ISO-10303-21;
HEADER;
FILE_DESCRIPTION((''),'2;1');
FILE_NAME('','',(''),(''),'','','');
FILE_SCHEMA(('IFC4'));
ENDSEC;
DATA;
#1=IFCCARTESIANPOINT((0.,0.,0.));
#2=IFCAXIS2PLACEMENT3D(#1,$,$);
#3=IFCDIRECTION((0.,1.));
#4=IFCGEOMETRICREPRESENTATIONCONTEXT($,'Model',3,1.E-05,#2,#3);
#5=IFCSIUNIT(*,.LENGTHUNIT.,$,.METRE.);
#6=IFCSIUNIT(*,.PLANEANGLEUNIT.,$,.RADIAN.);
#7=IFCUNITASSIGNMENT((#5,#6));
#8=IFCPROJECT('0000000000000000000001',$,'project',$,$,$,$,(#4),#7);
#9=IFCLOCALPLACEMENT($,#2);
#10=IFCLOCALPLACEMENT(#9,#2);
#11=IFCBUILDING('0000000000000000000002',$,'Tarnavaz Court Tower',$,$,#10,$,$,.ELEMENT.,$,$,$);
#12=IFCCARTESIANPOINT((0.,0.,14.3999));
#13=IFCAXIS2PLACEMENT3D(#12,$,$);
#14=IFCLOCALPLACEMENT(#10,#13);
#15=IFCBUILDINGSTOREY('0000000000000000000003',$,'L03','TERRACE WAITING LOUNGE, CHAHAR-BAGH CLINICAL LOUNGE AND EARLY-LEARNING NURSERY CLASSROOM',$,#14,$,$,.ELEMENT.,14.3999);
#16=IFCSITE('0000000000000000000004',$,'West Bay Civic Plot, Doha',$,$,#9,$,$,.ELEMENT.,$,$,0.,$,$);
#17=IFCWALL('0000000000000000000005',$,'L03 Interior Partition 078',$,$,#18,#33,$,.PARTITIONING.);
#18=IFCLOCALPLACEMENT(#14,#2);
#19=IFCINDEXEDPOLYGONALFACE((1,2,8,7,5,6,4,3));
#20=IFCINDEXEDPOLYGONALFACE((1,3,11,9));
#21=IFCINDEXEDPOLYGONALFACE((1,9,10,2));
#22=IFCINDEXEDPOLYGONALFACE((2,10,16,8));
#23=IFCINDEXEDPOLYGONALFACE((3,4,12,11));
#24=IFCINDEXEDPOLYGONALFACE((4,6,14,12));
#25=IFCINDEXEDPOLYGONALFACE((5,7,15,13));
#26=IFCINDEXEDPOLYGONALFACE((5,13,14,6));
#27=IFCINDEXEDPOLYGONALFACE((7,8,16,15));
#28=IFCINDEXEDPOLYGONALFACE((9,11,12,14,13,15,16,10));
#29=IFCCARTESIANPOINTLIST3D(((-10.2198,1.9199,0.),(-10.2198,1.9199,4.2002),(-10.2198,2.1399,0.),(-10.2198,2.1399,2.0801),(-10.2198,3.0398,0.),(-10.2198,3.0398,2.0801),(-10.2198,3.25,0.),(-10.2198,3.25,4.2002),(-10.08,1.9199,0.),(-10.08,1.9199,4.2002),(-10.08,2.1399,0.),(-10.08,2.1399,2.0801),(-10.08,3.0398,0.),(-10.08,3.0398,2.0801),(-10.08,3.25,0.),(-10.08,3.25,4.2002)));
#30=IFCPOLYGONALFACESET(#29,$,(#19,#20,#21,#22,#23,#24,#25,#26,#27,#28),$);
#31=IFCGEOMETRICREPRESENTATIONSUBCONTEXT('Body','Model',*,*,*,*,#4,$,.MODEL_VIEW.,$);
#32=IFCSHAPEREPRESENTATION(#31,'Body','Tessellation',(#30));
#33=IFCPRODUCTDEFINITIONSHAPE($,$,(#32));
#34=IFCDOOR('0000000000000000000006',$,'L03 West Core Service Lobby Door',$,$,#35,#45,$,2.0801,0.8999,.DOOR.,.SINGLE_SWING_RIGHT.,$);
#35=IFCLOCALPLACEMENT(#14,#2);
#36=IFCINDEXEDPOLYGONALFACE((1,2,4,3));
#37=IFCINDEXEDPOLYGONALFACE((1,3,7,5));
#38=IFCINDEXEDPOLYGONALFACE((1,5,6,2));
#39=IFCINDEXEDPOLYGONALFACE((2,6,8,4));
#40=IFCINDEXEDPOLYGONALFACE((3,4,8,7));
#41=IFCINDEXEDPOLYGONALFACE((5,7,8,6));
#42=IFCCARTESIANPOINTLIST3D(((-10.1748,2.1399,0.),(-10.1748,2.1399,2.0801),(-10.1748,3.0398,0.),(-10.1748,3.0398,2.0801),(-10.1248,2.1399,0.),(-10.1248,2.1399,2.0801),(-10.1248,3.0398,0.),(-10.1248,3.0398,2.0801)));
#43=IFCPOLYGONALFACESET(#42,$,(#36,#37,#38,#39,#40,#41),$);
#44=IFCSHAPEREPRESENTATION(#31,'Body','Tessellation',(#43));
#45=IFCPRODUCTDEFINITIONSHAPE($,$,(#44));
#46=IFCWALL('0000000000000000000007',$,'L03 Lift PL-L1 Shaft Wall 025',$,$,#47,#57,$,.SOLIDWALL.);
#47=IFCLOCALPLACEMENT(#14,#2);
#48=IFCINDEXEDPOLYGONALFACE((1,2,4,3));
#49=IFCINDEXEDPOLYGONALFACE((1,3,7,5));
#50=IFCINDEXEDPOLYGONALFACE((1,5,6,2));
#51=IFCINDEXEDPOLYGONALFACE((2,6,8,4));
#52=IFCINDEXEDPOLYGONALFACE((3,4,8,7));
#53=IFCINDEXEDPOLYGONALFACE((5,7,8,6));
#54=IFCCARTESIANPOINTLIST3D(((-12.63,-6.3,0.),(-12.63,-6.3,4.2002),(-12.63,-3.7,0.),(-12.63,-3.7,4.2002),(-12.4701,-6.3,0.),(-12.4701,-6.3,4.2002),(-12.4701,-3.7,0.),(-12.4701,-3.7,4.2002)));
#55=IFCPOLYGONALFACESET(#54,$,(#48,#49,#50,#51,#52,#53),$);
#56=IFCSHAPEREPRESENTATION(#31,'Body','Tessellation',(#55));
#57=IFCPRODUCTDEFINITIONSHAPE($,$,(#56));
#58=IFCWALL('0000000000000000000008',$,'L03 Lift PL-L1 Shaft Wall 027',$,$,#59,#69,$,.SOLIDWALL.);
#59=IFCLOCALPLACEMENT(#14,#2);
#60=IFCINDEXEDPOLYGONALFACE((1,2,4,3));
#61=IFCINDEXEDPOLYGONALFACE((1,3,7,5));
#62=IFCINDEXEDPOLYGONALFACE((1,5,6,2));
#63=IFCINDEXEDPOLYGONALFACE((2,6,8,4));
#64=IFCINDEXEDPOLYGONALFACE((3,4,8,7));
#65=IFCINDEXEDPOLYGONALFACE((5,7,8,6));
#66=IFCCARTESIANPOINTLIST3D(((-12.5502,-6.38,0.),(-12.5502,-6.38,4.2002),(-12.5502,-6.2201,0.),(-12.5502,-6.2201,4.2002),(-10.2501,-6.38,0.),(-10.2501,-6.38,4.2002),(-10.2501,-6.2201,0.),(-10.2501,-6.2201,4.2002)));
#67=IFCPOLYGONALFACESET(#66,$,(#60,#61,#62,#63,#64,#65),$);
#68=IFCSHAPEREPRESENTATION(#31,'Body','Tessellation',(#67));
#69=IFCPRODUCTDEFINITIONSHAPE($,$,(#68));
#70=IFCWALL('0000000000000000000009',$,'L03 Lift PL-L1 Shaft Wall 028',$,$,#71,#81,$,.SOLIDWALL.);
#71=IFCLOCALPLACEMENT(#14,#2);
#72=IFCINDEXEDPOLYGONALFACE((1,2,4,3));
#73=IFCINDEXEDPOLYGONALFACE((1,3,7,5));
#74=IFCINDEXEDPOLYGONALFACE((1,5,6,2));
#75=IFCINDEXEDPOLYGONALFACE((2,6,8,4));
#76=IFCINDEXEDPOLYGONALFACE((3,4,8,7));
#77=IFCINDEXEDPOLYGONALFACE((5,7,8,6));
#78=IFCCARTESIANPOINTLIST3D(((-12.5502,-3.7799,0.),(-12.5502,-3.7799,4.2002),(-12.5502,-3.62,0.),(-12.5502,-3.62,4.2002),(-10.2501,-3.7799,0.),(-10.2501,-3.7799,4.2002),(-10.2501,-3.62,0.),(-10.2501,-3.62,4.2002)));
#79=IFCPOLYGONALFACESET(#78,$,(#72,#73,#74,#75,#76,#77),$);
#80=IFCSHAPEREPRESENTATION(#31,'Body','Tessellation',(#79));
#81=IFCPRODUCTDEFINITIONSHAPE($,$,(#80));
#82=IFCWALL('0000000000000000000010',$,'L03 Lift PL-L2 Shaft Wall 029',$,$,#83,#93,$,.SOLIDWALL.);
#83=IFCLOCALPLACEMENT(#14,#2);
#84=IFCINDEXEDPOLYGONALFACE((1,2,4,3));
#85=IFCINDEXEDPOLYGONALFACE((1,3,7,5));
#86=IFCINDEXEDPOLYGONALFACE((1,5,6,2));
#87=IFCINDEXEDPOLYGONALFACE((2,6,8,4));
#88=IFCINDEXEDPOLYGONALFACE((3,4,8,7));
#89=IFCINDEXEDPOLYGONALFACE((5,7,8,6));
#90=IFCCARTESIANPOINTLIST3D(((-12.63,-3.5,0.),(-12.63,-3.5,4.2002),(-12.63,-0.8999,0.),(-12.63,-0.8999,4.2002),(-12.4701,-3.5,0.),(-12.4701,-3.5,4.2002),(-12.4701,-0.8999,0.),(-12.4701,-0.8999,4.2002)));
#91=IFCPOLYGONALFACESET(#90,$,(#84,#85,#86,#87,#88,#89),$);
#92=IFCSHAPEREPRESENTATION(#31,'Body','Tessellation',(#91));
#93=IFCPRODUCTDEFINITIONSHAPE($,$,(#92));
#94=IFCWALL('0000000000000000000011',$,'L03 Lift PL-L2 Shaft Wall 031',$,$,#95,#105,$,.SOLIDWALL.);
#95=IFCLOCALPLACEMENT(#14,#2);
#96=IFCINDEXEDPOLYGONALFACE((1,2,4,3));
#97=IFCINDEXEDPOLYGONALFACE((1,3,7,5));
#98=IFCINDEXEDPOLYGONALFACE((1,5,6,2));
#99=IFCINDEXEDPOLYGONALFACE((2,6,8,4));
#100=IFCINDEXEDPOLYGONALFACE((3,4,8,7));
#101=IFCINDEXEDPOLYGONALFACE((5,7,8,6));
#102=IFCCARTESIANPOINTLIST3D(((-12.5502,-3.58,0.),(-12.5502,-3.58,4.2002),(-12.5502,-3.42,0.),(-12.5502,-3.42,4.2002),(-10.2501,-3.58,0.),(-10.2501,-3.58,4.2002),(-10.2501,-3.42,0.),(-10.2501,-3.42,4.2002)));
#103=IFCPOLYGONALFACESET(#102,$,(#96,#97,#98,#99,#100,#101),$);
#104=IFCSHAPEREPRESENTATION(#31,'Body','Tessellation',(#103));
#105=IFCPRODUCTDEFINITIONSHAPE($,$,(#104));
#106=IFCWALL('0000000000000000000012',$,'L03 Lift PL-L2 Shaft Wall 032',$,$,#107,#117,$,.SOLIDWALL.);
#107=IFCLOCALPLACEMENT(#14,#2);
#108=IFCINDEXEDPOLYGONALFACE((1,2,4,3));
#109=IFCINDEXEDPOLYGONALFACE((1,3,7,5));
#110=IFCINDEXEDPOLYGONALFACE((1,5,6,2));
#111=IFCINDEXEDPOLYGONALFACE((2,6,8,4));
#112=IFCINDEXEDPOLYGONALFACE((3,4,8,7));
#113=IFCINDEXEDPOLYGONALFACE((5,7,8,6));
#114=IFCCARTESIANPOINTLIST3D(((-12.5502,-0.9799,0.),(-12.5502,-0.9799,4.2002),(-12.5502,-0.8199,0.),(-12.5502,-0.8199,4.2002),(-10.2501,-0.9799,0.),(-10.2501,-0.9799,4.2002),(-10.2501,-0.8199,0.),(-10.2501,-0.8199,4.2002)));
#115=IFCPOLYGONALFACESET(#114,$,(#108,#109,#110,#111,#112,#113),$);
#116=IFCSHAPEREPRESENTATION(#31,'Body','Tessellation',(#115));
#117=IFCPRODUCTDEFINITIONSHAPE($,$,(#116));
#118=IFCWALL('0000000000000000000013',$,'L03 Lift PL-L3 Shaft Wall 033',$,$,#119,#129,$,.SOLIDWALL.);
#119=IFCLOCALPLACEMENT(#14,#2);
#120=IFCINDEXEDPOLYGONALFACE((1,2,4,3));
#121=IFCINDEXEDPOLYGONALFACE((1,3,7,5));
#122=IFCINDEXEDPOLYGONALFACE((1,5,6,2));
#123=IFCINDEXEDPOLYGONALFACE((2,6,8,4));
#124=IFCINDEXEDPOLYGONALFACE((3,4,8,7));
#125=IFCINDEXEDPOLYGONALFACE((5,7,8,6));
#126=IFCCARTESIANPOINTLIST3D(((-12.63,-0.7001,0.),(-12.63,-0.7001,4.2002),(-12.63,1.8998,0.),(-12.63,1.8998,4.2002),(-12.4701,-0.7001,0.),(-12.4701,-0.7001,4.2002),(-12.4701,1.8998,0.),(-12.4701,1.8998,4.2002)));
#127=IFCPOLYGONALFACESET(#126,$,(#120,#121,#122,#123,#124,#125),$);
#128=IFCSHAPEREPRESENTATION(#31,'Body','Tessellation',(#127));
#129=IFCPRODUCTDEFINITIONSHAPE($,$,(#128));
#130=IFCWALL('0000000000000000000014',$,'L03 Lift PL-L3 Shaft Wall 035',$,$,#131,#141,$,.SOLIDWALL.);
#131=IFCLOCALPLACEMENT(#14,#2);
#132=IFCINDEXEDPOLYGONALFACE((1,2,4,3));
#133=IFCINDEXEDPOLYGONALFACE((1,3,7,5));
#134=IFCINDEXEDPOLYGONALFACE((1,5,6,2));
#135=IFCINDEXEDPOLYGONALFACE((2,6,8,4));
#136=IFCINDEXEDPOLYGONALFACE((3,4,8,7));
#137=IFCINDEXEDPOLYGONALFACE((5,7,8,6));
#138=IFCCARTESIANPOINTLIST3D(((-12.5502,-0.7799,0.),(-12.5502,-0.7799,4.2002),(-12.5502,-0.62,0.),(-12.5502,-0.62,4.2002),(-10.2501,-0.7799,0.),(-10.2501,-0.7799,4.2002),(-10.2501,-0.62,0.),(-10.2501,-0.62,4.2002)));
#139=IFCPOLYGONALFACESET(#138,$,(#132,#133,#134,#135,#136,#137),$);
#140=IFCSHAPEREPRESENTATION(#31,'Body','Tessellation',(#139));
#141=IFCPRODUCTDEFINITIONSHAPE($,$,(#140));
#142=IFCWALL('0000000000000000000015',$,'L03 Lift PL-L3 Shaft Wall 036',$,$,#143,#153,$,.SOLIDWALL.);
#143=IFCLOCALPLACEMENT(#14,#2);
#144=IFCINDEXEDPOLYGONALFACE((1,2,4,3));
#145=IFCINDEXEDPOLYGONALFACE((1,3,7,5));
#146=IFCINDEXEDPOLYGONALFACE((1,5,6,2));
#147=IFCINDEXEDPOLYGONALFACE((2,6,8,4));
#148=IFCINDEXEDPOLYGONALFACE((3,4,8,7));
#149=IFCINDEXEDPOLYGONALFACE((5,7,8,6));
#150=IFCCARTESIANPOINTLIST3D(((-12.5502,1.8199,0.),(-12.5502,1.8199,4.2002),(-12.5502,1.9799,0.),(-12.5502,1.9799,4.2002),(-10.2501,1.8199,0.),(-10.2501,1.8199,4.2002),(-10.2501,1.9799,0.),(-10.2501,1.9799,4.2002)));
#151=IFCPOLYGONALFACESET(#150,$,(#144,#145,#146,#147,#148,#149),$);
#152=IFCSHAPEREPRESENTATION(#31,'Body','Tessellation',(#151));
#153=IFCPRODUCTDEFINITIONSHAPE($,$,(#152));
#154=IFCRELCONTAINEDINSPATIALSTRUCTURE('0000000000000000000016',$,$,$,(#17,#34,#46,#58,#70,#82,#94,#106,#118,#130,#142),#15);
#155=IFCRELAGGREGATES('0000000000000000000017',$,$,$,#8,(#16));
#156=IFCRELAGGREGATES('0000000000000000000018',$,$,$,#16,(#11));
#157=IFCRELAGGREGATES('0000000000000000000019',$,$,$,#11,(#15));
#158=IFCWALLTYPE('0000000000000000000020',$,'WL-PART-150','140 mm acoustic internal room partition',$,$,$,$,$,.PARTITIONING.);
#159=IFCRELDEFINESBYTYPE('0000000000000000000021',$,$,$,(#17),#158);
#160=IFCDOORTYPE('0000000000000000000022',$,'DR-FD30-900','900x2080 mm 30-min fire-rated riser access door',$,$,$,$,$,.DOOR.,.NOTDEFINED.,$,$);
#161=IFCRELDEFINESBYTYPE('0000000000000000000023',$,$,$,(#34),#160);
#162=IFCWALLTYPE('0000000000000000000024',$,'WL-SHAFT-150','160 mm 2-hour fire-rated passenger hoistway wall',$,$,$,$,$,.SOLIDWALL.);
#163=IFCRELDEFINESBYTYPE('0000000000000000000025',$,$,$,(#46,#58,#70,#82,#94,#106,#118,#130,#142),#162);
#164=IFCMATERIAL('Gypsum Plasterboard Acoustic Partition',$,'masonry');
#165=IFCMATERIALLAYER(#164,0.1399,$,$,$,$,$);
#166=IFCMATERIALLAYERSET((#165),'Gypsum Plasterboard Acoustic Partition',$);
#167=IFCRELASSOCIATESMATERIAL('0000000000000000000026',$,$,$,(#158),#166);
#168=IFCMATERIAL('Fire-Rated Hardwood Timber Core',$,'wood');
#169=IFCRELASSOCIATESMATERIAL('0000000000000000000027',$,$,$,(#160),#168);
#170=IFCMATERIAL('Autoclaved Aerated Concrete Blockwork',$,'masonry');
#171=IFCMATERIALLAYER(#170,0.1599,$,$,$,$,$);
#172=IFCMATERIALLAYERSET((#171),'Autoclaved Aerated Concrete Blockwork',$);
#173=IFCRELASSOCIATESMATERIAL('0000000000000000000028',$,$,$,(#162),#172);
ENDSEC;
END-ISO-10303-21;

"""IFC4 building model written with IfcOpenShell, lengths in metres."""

from ifc_helpers import new_model, si_unit, direction, frame, frame_2d, origin, place, context, subcontext, project, spatial, rectangle, extrude, material, layer, layer_set, type_object, element, fill, save


model = new_model("IFC4")

# Units and contexts
model_context = context("Model", 3, precision=1e-05, world=origin(), true_north=direction((0.0, 1.0)))
body_context = subcontext(model_context, "Body", "Model", "MODEL_VIEW")
ifc_project = project(units=[si_unit("LENGTHUNIT", "METRE"), si_unit("PLANEANGLEUNIT", "RADIAN")], contexts=[model_context])

# Site, building, storey
site_placement = place(None, origin())
site = spatial("IfcSite", under=ifc_project, at=site_placement, Name="West Bay Civic Plot, Doha", CompositionType="ELEMENT", RefElevation=0.0)
building_placement = place(site_placement, origin())
building = spatial("IfcBuilding", under=site, at=building_placement, Name="Tarnavaz Court Tower", CompositionType="ELEMENT")
storey_placement = place(building_placement, frame((0.0, 0.0, 14.3999)))
storey = spatial("IfcBuildingStorey", under=building, at=storey_placement, Name="L03", Description="TERRACE WAITING LOUNGE, CHAHAR-BAGH CLINICAL LOUNGE AND EARLY-LEARNING NURSERY CLASSROOM", CompositionType="ELEMENT", Elevation=14.3999)

# Shared definitions
ifc_material_1 = material(Name="Gypsum Plasterboard Acoustic Partition", Category="masonry")
ifc_layer_1 = layer(ifc_material_1, 0.1399)
ifc_layer_set_1 = layer_set([ifc_layer_1], Name="Gypsum Plasterboard Acoustic Partition")
wall_type_1 = type_object("IfcWallType", Name="WL-PART-150", Description="140 mm acoustic internal room partition", PredefinedType="PARTITIONING", material=ifc_layer_set_1)

# Wall, opening, door
wall_1_placement = place(storey_placement, frame((-10.1499, 1.9199, 0.0), z_axis=(0.0, 0.0, 1.0), x_axis=(0.0, 1.0, 0.0)))
wall_1 = element("IfcWall", 1, at=wall_1_placement, inside=storey, type_object=wall_type_1, Name="L03 Interior Partition 078", PredefinedType="PARTITIONING", context=body_context, shape_type="SweptSolid", body=[
    extrude(rectangle(XDim=1.3301, YDim=0.1399, at=frame_2d((0.665, 0.0))), origin(), (0.0, 0.0, 1.0), 4.2002),
])
opening_1_placement = place(wall_1_placement, frame((0.22, 0.0, 0.0)))
opening_1 = element("IfcOpeningElement", 2, at=opening_1_placement, cuts=wall_1, PredefinedType="OPENING", context=body_context, shape_type="SweptSolid", body=[
    extrude(rectangle(XDim=0.8999, YDim=2.0801, at=frame_2d((0.45, 1.04))), frame((0.0, 0.0798, 0.0), z_axis=(0.0, -1.0, 0.0), x_axis=(1.0, 0.0, 0.0)), (0.0, 0.0, 1.0), 0.1599),
])
ifc_material_2 = material(Name="Fire-Rated Hardwood Timber Core", Category="wood")
door_type_1 = type_object("IfcDoorType", Name="DR-FD30-900", Description="900x2080 mm 30-min fire-rated riser access door", OperationType="NOTDEFINED", PredefinedType="DOOR", material=ifc_material_2)
door_1_placement = place(opening_1_placement, origin())
door_1 = element("IfcDoor", 3, at=door_1_placement, inside=storey, type_object=door_type_1, Name="L03 West Core Service Lobby Door", OperationType="SINGLE_SWING_RIGHT", OverallHeight=2.0801, OverallWidth=0.8999, PredefinedType="DOOR", context=body_context, shape_type="SweptSolid", body=[
    extrude(rectangle(XDim=0.8999, YDim=2.0801, at=frame_2d((0.45, 1.04))), frame((0.0, 0.0249, 0.0), z_axis=(0.0, -1.0, 0.0), x_axis=(1.0, 0.0, 0.0)), (0.0, 0.0, 1.0), 0.05),
])
fill(opening_1, door_1)

# Wall
ifc_material_3 = material(Name="Autoclaved Aerated Concrete Blockwork", Category="masonry")
ifc_layer_2 = layer(ifc_material_3, 0.1599)
ifc_layer_set_2 = layer_set([ifc_layer_2], Name="Autoclaved Aerated Concrete Blockwork")
wall_type_2 = type_object("IfcWallType", Name="WL-SHAFT-150", Description="160 mm 2-hour fire-rated passenger hoistway wall", PredefinedType="SOLIDWALL", material=ifc_layer_set_2)
wall_2_placement = place(storey_placement, frame((-12.55, -6.3, 0.0), z_axis=(0.0, 0.0, 1.0), x_axis=(0.0, 1.0, 0.0)))
element("IfcWall", 4, at=wall_2_placement, inside=storey, type_object=wall_type_2, Name="L03 Lift PL-L1 Shaft Wall 025", PredefinedType="SOLIDWALL", context=body_context, shape_type="SweptSolid", body=[
    extrude(rectangle(XDim=2.6001, YDim=0.1599, at=frame_2d((1.3, 0.0))), origin(), (0.0, 0.0, 1.0), 4.2002),
])

# Walls
for number, where, z_axis, x_axis, name in (
    (5, (-12.55, -6.3, 0.0), (0.0, 0.0, 1.0), (1.0, 0.0, 0.0), "L03 Lift PL-L1 Shaft Wall 027"),
    (6, (-12.55, -3.7, 0.0), (0.0, 0.0, 1.0), (1.0, 0.0, 0.0), "L03 Lift PL-L1 Shaft Wall 028"),
):
    element("IfcWall", number, at=place(storey_placement, frame(where, z_axis=z_axis, x_axis=x_axis)), inside=storey, type_object=wall_type_2, Name=name, PredefinedType="SOLIDWALL", context=body_context, shape_type="SweptSolid", body=[
        extrude(rectangle(XDim=2.3, YDim=0.1599, at=frame_2d((1.1499, 0.0))), origin(), (0.0, 0.0, 1.0), 4.2002),
    ])
wall_3_placement = place(storey_placement, frame((-12.55, -3.5, 0.0), z_axis=(0.0, 0.0, 1.0), x_axis=(0.0, 1.0, 0.0)))
element("IfcWall", 7, at=wall_3_placement, inside=storey, type_object=wall_type_2, Name="L03 Lift PL-L2 Shaft Wall 029", PredefinedType="SOLIDWALL", context=body_context, shape_type="SweptSolid", body=[
    extrude(rectangle(XDim=2.6001, YDim=0.1599, at=frame_2d((1.3, 0.0))), origin(), (0.0, 0.0, 1.0), 4.2002),
])

# Walls
for number, where, z_axis, x_axis, name in (
    (8, (-12.55, -3.5, 0.0), (0.0, 0.0, 1.0), (1.0, 0.0, 0.0), "L03 Lift PL-L2 Shaft Wall 031"),
    (9, (-12.55, -0.8999, 0.0), (0.0, 0.0, 1.0), (1.0, 0.0, 0.0), "L03 Lift PL-L2 Shaft Wall 032"),
):
    element("IfcWall", number, at=place(storey_placement, frame(where, z_axis=z_axis, x_axis=x_axis)), inside=storey, type_object=wall_type_2, Name=name, PredefinedType="SOLIDWALL", context=body_context, shape_type="SweptSolid", body=[
        extrude(rectangle(XDim=2.3, YDim=0.1599, at=frame_2d((1.1499, 0.0))), origin(), (0.0, 0.0, 1.0), 4.2002),
    ])
wall_4_placement = place(storey_placement, frame((-12.55, -0.7, 0.0), z_axis=(0.0, 0.0, 1.0), x_axis=(0.0, 1.0, 0.0)))
element("IfcWall", 10, at=wall_4_placement, inside=storey, type_object=wall_type_2, Name="L03 Lift PL-L3 Shaft Wall 033", PredefinedType="SOLIDWALL", context=body_context, shape_type="SweptSolid", body=[
    extrude(rectangle(XDim=2.5999, YDim=0.1599, at=frame_2d((1.2998, 0.0))), origin(), (0.0, 0.0, 1.0), 4.2002),
])

# Walls
for number, where, z_axis, x_axis, name in (
    (11, (-12.55, -0.7, 0.0), (0.0, 0.0, 1.0), (1.0, 0.0, 0.0), "L03 Lift PL-L3 Shaft Wall 035"),
    (12, (-12.55, 1.8999, 0.0), (0.0, 0.0, 1.0), (1.0, 0.0, 0.0), "L03 Lift PL-L3 Shaft Wall 036"),
):
    element("IfcWall", number, at=place(storey_placement, frame(where, z_axis=z_axis, x_axis=x_axis)), inside=storey, type_object=wall_type_2, Name=name, PredefinedType="SOLIDWALL", context=body_context, shape_type="SweptSolid", body=[
        extrude(rectangle(XDim=2.3, YDim=0.1599, at=frame_2d((1.1499, 0.0))), origin(), (0.0, 0.0, 1.0), 4.2002),
    ])

save(model, "model.ifc")
